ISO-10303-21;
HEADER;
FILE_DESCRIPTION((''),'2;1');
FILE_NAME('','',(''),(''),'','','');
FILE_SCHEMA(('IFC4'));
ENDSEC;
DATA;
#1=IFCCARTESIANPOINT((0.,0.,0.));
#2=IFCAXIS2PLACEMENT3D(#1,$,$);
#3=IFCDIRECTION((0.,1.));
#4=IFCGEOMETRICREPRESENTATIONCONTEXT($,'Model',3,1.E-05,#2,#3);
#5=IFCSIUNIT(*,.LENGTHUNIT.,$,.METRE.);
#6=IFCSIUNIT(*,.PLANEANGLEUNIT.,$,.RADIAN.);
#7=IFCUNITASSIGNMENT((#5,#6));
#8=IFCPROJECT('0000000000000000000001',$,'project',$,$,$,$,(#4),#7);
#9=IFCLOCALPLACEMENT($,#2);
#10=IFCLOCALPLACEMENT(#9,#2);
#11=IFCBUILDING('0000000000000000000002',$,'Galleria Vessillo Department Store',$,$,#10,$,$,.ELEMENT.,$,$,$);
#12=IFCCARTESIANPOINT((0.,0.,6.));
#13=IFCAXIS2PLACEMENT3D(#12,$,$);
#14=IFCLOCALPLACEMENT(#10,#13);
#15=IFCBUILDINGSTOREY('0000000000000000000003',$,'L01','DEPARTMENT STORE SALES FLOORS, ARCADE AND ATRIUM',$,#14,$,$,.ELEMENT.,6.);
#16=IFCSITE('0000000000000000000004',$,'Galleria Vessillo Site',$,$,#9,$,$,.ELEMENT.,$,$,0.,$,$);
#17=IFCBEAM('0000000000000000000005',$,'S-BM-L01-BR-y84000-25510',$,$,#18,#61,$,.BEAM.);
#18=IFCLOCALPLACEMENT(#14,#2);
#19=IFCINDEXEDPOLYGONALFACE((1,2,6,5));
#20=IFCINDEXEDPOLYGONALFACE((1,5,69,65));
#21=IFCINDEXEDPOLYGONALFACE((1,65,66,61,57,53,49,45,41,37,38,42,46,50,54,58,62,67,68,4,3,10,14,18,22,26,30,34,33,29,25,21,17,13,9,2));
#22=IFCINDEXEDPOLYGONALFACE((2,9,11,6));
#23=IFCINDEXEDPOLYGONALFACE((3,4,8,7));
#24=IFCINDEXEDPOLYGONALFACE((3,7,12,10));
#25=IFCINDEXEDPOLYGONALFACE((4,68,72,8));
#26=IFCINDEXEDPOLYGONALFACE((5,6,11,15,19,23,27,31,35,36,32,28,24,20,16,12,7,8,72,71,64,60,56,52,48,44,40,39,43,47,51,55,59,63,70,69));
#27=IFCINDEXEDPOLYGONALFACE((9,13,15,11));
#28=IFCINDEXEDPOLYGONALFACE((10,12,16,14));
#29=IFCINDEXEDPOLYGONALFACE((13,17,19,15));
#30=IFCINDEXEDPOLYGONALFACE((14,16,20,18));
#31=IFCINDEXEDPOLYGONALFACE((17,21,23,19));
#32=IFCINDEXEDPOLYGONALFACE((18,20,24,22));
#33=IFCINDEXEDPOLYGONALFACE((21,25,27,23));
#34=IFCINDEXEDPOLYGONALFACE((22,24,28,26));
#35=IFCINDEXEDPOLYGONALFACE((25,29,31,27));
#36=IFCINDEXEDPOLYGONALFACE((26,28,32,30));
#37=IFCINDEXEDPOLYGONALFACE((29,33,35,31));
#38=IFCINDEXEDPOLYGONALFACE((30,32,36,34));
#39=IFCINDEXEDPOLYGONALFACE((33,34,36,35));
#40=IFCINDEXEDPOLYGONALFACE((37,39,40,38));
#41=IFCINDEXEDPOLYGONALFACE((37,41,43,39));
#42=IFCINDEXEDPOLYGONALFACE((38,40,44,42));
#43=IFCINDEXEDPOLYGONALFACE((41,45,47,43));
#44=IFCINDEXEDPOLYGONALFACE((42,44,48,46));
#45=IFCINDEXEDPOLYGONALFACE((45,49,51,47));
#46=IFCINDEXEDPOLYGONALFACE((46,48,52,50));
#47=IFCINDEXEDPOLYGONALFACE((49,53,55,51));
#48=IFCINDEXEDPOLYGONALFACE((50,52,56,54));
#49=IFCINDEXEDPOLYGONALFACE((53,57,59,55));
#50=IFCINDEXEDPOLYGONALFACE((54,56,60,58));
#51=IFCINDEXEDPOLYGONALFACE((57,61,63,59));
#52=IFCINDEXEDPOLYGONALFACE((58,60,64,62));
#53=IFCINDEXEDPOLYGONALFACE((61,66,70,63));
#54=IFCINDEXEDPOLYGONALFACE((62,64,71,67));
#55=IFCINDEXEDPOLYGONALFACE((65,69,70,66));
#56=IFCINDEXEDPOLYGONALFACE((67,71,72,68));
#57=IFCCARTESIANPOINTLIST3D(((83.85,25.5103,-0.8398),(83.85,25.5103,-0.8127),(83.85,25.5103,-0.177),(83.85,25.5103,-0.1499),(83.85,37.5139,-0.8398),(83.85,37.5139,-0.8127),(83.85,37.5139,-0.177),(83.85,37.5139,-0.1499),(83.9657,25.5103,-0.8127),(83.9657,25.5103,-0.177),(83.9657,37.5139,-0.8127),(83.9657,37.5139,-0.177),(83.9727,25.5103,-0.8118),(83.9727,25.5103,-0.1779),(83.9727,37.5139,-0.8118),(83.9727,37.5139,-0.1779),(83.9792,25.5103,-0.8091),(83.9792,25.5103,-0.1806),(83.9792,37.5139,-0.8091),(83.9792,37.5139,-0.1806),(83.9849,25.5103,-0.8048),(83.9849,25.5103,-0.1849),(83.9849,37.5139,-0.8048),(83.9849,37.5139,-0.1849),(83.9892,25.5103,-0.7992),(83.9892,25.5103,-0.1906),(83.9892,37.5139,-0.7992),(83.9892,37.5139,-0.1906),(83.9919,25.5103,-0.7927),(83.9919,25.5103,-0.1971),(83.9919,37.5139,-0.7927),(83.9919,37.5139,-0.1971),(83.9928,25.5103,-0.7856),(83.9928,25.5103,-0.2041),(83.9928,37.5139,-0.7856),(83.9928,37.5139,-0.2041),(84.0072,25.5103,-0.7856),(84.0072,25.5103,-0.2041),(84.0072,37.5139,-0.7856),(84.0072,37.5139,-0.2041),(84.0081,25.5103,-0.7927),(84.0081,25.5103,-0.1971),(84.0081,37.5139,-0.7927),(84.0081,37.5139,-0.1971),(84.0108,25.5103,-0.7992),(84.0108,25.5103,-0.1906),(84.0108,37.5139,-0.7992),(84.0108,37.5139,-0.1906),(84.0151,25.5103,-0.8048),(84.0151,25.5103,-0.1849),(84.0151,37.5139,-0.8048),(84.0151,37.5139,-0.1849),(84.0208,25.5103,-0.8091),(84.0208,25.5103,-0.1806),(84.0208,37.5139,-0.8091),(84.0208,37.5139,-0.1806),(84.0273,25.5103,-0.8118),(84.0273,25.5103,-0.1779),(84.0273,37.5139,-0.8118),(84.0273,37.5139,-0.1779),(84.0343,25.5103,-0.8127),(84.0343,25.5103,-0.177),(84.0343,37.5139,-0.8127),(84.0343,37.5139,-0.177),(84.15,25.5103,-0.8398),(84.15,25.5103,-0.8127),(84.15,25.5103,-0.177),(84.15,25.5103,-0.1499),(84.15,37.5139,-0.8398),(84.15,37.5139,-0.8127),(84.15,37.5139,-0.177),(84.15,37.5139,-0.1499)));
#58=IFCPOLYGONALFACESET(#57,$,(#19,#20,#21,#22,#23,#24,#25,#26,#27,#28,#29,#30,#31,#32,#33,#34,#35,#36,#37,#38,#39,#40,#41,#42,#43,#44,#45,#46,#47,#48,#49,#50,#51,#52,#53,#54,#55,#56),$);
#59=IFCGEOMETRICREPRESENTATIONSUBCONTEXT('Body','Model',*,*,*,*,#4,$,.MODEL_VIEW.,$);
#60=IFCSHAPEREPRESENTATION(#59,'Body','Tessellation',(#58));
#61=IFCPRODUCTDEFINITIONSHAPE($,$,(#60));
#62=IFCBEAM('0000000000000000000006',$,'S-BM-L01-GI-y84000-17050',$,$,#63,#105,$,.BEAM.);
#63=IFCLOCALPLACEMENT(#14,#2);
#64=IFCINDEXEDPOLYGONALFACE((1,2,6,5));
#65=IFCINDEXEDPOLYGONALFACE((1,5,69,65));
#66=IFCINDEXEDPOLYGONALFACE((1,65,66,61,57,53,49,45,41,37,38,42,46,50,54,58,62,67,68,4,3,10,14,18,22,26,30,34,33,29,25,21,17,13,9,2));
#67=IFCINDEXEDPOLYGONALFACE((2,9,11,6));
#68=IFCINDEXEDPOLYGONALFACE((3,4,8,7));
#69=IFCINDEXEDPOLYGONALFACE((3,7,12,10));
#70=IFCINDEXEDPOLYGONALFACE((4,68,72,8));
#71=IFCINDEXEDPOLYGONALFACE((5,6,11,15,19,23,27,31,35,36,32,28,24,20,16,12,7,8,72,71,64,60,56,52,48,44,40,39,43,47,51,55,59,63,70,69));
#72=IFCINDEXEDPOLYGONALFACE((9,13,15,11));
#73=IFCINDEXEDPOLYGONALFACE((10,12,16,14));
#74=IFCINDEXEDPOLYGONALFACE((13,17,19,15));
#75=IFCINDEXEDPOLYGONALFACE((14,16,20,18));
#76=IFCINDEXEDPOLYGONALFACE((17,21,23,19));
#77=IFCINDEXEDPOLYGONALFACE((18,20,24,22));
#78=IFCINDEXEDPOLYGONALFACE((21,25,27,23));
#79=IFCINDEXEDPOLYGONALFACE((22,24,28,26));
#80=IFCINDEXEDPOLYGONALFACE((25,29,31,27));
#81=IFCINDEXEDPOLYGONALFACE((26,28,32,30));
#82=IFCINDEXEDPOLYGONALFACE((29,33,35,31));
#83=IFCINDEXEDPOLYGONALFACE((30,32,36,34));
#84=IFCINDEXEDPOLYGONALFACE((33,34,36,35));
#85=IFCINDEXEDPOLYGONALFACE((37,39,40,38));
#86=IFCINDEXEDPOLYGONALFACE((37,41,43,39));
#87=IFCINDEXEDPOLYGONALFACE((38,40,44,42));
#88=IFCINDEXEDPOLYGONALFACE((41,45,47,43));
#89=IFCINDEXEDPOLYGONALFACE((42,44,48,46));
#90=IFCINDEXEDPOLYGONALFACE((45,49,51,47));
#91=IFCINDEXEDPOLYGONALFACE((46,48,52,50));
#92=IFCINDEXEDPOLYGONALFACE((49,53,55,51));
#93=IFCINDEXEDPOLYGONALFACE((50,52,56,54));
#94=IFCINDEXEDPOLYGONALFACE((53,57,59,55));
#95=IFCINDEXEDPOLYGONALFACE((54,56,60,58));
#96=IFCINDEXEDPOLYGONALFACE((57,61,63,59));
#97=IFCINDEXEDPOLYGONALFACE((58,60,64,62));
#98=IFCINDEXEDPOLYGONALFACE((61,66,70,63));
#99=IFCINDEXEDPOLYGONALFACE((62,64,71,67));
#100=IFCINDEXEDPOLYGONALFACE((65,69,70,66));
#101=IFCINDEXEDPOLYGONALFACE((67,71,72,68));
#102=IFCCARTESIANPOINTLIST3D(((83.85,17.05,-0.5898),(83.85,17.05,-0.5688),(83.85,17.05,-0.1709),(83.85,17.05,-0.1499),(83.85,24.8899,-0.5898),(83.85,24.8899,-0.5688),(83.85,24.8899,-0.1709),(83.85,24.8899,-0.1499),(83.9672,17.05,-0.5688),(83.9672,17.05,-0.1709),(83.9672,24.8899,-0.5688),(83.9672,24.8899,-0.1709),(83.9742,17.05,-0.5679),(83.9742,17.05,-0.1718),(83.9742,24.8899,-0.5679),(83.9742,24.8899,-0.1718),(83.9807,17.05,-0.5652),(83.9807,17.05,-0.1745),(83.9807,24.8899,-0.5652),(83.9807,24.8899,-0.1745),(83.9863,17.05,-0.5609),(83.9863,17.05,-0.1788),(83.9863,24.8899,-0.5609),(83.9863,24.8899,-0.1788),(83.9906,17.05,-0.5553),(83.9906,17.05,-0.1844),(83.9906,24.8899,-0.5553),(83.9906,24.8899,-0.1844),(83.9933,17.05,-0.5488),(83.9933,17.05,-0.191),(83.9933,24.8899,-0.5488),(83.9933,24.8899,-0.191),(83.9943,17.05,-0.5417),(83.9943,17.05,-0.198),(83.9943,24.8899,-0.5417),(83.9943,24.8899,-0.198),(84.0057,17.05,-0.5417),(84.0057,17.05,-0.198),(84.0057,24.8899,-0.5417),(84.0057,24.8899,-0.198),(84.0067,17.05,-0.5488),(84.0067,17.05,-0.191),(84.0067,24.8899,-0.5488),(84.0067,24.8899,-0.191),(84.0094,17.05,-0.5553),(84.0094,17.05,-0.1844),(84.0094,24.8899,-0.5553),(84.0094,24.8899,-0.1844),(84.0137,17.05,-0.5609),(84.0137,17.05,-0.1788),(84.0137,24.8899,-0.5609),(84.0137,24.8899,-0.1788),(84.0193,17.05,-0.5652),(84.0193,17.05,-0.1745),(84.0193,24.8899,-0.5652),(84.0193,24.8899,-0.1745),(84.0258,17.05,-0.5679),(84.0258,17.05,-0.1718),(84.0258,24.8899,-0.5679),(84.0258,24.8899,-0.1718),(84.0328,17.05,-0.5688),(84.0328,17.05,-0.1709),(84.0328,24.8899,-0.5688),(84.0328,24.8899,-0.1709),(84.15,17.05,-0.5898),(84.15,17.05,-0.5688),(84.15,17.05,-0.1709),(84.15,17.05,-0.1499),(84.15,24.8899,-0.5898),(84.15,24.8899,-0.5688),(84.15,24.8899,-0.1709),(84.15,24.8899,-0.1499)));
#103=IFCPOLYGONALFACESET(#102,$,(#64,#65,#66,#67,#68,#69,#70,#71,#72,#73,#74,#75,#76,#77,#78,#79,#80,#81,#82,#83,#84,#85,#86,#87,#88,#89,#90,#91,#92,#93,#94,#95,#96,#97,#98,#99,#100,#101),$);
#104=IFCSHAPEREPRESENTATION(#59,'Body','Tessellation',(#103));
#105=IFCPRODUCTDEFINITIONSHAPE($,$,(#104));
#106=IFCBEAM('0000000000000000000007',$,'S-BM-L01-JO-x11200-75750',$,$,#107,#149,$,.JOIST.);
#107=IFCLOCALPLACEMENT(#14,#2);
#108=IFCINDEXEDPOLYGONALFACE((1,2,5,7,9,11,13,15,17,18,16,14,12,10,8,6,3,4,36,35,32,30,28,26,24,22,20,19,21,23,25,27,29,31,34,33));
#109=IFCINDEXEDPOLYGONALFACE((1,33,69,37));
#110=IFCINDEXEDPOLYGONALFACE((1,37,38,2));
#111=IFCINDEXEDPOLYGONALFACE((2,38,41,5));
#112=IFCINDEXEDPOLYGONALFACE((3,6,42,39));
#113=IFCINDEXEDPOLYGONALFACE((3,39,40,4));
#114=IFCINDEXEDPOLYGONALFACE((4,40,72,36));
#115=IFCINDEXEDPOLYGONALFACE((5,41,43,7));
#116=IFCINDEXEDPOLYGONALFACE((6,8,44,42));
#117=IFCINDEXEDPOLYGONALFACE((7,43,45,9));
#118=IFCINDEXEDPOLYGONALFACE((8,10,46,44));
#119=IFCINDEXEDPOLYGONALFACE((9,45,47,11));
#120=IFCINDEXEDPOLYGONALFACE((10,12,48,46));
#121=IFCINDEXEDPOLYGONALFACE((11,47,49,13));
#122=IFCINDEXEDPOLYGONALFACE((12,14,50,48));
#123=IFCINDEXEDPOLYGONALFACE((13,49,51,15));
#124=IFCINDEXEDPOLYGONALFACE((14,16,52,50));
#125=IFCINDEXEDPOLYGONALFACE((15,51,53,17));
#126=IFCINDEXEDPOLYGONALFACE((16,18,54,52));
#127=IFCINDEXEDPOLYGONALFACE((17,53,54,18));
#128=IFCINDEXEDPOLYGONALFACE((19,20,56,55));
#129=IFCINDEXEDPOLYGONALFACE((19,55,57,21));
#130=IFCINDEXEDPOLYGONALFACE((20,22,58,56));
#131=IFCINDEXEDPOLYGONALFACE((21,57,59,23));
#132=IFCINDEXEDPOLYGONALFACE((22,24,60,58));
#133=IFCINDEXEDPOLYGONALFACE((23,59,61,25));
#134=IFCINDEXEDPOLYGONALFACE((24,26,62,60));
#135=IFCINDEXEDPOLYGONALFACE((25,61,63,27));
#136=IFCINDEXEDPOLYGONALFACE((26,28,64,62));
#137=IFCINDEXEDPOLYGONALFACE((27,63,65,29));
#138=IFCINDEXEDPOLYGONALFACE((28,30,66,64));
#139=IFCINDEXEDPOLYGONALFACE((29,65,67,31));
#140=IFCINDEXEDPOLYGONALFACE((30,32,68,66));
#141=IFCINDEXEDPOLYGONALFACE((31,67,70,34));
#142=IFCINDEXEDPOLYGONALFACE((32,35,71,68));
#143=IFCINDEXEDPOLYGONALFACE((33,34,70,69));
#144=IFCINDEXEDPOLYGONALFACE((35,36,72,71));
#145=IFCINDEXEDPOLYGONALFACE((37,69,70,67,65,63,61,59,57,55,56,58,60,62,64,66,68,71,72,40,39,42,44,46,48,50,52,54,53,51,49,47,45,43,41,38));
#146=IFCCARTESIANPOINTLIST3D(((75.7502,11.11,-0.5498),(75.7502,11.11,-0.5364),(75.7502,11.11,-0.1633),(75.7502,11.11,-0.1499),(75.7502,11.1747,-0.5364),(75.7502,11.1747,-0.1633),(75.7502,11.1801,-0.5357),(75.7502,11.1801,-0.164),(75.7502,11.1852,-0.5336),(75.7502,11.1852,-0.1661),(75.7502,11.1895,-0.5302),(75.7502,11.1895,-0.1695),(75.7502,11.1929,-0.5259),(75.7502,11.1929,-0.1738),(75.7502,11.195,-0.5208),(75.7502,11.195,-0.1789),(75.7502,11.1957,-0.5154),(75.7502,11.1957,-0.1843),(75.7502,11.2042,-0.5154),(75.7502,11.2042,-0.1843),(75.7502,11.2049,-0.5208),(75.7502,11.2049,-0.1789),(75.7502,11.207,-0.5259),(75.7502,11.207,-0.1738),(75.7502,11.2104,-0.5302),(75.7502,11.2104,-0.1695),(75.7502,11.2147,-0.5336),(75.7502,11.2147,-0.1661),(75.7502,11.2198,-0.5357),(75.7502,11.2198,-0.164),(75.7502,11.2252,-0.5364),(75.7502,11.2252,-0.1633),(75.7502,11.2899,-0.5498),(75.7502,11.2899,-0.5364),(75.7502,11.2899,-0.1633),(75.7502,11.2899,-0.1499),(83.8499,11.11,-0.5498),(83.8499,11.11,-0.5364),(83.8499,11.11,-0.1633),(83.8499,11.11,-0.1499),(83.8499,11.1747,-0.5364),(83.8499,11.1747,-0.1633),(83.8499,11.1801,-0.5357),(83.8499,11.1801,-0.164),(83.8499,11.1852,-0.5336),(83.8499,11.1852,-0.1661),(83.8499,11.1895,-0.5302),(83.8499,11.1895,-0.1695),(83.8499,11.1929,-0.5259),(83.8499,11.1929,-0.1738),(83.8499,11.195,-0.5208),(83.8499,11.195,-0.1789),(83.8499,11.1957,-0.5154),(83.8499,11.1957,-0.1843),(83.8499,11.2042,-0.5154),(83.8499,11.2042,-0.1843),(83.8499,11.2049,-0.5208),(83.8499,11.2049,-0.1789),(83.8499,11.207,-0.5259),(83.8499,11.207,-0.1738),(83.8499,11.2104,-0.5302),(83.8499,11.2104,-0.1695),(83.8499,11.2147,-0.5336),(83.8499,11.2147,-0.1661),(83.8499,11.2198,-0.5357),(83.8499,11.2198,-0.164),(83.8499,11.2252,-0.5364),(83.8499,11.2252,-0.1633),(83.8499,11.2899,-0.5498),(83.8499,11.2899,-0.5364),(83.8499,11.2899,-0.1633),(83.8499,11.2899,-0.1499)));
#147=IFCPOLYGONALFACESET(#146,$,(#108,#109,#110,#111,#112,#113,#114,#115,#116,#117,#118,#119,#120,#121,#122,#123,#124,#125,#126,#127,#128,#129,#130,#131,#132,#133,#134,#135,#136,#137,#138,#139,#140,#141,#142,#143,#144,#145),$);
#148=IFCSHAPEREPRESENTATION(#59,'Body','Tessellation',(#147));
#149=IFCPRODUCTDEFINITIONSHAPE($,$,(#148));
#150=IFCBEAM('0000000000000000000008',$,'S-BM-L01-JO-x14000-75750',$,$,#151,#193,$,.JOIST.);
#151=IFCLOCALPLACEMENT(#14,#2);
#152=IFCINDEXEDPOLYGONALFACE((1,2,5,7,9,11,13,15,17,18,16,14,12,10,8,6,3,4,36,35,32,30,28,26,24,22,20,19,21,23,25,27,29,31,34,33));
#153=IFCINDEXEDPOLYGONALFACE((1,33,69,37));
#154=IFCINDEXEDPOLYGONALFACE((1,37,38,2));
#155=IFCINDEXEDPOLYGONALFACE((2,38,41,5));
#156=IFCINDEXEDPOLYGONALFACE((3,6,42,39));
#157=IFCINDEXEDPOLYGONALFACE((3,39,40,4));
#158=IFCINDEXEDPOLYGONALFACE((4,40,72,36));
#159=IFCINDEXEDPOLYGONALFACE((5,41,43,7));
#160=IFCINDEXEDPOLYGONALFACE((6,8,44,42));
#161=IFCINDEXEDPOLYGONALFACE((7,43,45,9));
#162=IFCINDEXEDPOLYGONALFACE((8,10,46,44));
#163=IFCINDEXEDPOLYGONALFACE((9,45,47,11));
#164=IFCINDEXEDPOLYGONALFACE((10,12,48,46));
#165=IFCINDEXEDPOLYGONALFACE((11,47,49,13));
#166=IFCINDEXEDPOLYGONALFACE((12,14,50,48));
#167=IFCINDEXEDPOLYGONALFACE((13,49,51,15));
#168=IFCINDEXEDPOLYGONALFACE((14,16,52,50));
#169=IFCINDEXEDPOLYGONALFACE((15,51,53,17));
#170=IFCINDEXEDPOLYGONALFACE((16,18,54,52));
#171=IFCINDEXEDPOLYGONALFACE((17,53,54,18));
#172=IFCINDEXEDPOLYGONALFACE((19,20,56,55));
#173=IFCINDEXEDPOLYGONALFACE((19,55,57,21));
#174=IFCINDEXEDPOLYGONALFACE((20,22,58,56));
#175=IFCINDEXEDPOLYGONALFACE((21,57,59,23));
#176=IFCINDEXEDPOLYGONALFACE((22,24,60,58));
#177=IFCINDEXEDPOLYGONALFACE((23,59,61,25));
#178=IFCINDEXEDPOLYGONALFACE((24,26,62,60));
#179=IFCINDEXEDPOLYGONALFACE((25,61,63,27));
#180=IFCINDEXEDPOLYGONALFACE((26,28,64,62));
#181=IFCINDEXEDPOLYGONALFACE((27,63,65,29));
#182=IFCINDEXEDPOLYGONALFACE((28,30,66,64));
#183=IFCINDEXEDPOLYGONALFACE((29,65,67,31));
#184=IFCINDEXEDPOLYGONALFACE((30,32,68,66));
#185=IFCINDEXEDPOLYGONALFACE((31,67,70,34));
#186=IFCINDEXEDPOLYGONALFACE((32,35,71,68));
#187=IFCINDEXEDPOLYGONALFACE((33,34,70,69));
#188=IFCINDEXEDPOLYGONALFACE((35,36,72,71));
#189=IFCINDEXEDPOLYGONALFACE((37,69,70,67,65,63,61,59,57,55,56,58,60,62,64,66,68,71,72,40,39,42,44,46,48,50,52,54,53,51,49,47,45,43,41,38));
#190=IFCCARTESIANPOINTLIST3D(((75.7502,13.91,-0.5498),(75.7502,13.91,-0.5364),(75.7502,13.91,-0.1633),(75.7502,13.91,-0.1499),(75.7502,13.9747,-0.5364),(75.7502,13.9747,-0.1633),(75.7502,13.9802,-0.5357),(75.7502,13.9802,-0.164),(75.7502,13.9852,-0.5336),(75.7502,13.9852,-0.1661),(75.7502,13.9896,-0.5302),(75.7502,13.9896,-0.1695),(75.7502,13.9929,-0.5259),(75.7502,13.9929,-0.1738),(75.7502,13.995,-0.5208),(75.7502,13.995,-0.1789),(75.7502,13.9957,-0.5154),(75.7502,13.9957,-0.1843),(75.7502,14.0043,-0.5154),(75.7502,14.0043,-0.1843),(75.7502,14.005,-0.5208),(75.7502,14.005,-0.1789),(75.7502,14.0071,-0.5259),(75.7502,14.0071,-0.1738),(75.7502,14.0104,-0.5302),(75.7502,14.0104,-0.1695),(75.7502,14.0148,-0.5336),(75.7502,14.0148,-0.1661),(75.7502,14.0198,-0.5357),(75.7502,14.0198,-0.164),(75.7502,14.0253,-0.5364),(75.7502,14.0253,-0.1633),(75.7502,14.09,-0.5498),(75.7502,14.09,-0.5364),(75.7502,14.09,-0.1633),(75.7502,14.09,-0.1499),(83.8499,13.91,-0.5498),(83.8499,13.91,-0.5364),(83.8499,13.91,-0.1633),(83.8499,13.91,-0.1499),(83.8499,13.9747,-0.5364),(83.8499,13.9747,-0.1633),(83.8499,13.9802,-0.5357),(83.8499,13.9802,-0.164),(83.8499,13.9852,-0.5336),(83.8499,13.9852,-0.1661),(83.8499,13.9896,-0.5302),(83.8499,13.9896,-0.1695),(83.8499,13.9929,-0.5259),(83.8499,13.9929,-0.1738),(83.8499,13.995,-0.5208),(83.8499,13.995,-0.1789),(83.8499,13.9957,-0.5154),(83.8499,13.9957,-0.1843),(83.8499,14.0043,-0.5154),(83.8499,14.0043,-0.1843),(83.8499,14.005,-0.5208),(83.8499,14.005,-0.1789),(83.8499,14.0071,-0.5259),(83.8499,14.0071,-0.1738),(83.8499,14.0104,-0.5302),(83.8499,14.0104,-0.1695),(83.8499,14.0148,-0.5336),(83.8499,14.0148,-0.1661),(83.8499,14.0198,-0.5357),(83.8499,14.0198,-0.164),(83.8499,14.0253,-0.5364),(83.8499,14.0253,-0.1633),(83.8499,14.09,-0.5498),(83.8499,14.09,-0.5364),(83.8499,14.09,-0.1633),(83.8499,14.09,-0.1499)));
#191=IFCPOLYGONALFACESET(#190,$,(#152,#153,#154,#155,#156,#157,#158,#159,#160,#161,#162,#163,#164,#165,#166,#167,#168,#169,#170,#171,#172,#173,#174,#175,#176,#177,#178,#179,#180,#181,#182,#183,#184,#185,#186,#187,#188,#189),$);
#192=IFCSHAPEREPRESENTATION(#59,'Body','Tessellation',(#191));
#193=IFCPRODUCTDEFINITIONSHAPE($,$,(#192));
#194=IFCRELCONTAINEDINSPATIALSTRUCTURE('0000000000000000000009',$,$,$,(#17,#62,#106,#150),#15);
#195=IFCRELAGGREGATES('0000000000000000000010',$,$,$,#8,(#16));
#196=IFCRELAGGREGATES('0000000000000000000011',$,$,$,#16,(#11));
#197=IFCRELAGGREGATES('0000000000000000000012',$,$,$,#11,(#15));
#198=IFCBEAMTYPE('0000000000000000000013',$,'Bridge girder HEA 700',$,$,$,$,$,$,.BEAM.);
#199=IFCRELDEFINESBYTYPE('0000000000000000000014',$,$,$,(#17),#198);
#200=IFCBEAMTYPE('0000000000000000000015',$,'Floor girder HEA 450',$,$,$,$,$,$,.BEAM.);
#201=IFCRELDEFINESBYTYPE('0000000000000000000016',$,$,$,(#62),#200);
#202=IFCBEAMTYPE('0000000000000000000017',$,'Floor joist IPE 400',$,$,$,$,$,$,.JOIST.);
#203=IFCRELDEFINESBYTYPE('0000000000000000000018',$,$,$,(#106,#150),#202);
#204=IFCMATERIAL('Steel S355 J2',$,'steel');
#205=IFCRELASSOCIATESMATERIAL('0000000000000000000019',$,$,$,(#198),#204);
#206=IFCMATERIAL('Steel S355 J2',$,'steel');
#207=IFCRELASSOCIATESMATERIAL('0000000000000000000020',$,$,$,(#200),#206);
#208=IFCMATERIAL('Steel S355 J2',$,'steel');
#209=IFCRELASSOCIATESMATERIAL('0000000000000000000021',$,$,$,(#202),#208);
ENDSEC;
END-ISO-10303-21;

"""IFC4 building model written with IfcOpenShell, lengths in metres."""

from ifc_helpers import new_model, si_unit, direction, frame, origin, origin_2d, place, context, subcontext, project, spatial, i_section, extrude, material, material_profile, profile_set, type_object, element, save


model = new_model("IFC4")

# Units and contexts
model_context = context("Model", 3, precision=1e-05, world=origin(), true_north=direction((0.0, 1.0)))
body_context = subcontext(model_context, "Body", "Model", "MODEL_VIEW")
ifc_project = project(units=[si_unit("LENGTHUNIT", "METRE"), si_unit("PLANEANGLEUNIT", "RADIAN")], contexts=[model_context])

# Site, building, storey
site_placement = place(None, origin())
site = spatial("IfcSite", under=ifc_project, at=site_placement, Name="Galleria Vessillo Site", CompositionType="ELEMENT", RefElevation=0.0)
building_placement = place(site_placement, origin())
building = spatial("IfcBuilding", under=site, at=building_placement, Name="Galleria Vessillo Department Store", CompositionType="ELEMENT")
storey_placement = place(building_placement, frame((0.0, 0.0, 6.0)))
storey = spatial("IfcBuildingStorey", under=building, at=storey_placement, Name="L01", Description="DEPARTMENT STORE SALES FLOORS, ARCADE AND ATRIUM", CompositionType="ELEMENT", Elevation=6.0)

# Beams
ifc_material_1 = material(Name="Steel S355 J2", Category="steel")
ifc_material_profile_1 = material_profile(ifc_material_1, i_section(OverallWidth=0.3, OverallDepth=0.6899, WebThickness=0.0144, FlangeThickness=0.0271, FilletRadius=0.0271, at=origin_2d()), Name="HEA 700")
ifc_profile_set_1 = profile_set([ifc_material_profile_1], Name="Steel S355 J2")
beam_type_1 = type_object("IfcBeamType", Name="Bridge girder HEA 700", PredefinedType="BEAM", material=ifc_profile_set_1)
beam_1_placement = place(storey_placement, frame((84.0, 25.5103, -0.4949), z_axis=(0.0, 1.0, 0.0), x_axis=(-1.0, 0.0, 0.0)))
element("IfcBeam", 1, at=beam_1_placement, inside=storey, type_object=beam_type_1, Name="S-BM-L01-BR-y84000-25510", PredefinedType="BEAM", context=body_context, shape_type="SweptSolid", body=[
    extrude(i_section(OverallWidth=0.3, OverallDepth=0.6899, WebThickness=0.0144, FlangeThickness=0.0271, FilletRadius=0.0271, at=origin_2d()), origin(), (0.0, 0.0, 1.0), 12.0037),
])
ifc_material_2 = material(Name="Steel S355 J2", Category="steel")
ifc_material_profile_2 = material_profile(ifc_material_2, i_section(OverallWidth=0.3, OverallDepth=0.4399, WebThickness=0.0115, FlangeThickness=0.021, FilletRadius=0.0271, at=origin_2d()), Name="HEA 450")
ifc_profile_set_2 = profile_set([ifc_material_profile_2], Name="Steel S355 J2")
beam_type_2 = type_object("IfcBeamType", Name="Floor girder HEA 450", PredefinedType="BEAM", material=ifc_profile_set_2)
beam_2_placement = place(storey_placement, frame((84.0, 17.05, -0.3699), z_axis=(0.0, 1.0, 0.0), x_axis=(-1.0, 0.0, 0.0)))
element("IfcBeam", 2, at=beam_2_placement, inside=storey, type_object=beam_type_2, Name="S-BM-L01-GI-y84000-17050", PredefinedType="BEAM", context=body_context, shape_type="SweptSolid", body=[
    extrude(i_section(OverallWidth=0.3, OverallDepth=0.4399, WebThickness=0.0115, FlangeThickness=0.021, FilletRadius=0.0271, at=origin_2d()), origin(), (0.0, 0.0, 1.0), 7.8398),
])
ifc_material_3 = material(Name="Steel S355 J2", Category="steel")
ifc_material_profile_3 = material_profile(ifc_material_3, i_section(OverallWidth=0.1799, OverallDepth=0.3999, WebThickness=0.0085, FlangeThickness=0.0134, FilletRadius=0.021, at=origin_2d()), Name="IPE 400")
ifc_profile_set_3 = profile_set([ifc_material_profile_3], Name="Steel S355 J2")
beam_type_3 = type_object("IfcBeamType", Name="Floor joist IPE 400", PredefinedType="JOIST", material=ifc_profile_set_3)
for number, where, z_axis, x_axis, name in (
    (3, (75.7502, 11.2, -0.3499), (1.0, 0.0, 0.0), (0.0, 1.0, 0.0), "S-BM-L01-JO-x11200-75750"),
    (4, (75.7502, 14.0, -0.3499), (1.0, 0.0, 0.0), (0.0, 1.0, 0.0), "S-BM-L01-JO-x14000-75750"),
):
    element("IfcBeam", number, at=place(storey_placement, frame(where, z_axis=z_axis, x_axis=x_axis)), inside=storey, type_object=beam_type_3, Name=name, PredefinedType="JOIST", context=body_context, shape_type="SweptSolid", body=[
        extrude(i_section(OverallWidth=0.1799, OverallDepth=0.3999, WebThickness=0.0085, FlangeThickness=0.0134, FilletRadius=0.021, at=origin_2d()), origin(), (0.0, 0.0, 1.0), 8.0996),
    ])

save(model, "model.ifc")
